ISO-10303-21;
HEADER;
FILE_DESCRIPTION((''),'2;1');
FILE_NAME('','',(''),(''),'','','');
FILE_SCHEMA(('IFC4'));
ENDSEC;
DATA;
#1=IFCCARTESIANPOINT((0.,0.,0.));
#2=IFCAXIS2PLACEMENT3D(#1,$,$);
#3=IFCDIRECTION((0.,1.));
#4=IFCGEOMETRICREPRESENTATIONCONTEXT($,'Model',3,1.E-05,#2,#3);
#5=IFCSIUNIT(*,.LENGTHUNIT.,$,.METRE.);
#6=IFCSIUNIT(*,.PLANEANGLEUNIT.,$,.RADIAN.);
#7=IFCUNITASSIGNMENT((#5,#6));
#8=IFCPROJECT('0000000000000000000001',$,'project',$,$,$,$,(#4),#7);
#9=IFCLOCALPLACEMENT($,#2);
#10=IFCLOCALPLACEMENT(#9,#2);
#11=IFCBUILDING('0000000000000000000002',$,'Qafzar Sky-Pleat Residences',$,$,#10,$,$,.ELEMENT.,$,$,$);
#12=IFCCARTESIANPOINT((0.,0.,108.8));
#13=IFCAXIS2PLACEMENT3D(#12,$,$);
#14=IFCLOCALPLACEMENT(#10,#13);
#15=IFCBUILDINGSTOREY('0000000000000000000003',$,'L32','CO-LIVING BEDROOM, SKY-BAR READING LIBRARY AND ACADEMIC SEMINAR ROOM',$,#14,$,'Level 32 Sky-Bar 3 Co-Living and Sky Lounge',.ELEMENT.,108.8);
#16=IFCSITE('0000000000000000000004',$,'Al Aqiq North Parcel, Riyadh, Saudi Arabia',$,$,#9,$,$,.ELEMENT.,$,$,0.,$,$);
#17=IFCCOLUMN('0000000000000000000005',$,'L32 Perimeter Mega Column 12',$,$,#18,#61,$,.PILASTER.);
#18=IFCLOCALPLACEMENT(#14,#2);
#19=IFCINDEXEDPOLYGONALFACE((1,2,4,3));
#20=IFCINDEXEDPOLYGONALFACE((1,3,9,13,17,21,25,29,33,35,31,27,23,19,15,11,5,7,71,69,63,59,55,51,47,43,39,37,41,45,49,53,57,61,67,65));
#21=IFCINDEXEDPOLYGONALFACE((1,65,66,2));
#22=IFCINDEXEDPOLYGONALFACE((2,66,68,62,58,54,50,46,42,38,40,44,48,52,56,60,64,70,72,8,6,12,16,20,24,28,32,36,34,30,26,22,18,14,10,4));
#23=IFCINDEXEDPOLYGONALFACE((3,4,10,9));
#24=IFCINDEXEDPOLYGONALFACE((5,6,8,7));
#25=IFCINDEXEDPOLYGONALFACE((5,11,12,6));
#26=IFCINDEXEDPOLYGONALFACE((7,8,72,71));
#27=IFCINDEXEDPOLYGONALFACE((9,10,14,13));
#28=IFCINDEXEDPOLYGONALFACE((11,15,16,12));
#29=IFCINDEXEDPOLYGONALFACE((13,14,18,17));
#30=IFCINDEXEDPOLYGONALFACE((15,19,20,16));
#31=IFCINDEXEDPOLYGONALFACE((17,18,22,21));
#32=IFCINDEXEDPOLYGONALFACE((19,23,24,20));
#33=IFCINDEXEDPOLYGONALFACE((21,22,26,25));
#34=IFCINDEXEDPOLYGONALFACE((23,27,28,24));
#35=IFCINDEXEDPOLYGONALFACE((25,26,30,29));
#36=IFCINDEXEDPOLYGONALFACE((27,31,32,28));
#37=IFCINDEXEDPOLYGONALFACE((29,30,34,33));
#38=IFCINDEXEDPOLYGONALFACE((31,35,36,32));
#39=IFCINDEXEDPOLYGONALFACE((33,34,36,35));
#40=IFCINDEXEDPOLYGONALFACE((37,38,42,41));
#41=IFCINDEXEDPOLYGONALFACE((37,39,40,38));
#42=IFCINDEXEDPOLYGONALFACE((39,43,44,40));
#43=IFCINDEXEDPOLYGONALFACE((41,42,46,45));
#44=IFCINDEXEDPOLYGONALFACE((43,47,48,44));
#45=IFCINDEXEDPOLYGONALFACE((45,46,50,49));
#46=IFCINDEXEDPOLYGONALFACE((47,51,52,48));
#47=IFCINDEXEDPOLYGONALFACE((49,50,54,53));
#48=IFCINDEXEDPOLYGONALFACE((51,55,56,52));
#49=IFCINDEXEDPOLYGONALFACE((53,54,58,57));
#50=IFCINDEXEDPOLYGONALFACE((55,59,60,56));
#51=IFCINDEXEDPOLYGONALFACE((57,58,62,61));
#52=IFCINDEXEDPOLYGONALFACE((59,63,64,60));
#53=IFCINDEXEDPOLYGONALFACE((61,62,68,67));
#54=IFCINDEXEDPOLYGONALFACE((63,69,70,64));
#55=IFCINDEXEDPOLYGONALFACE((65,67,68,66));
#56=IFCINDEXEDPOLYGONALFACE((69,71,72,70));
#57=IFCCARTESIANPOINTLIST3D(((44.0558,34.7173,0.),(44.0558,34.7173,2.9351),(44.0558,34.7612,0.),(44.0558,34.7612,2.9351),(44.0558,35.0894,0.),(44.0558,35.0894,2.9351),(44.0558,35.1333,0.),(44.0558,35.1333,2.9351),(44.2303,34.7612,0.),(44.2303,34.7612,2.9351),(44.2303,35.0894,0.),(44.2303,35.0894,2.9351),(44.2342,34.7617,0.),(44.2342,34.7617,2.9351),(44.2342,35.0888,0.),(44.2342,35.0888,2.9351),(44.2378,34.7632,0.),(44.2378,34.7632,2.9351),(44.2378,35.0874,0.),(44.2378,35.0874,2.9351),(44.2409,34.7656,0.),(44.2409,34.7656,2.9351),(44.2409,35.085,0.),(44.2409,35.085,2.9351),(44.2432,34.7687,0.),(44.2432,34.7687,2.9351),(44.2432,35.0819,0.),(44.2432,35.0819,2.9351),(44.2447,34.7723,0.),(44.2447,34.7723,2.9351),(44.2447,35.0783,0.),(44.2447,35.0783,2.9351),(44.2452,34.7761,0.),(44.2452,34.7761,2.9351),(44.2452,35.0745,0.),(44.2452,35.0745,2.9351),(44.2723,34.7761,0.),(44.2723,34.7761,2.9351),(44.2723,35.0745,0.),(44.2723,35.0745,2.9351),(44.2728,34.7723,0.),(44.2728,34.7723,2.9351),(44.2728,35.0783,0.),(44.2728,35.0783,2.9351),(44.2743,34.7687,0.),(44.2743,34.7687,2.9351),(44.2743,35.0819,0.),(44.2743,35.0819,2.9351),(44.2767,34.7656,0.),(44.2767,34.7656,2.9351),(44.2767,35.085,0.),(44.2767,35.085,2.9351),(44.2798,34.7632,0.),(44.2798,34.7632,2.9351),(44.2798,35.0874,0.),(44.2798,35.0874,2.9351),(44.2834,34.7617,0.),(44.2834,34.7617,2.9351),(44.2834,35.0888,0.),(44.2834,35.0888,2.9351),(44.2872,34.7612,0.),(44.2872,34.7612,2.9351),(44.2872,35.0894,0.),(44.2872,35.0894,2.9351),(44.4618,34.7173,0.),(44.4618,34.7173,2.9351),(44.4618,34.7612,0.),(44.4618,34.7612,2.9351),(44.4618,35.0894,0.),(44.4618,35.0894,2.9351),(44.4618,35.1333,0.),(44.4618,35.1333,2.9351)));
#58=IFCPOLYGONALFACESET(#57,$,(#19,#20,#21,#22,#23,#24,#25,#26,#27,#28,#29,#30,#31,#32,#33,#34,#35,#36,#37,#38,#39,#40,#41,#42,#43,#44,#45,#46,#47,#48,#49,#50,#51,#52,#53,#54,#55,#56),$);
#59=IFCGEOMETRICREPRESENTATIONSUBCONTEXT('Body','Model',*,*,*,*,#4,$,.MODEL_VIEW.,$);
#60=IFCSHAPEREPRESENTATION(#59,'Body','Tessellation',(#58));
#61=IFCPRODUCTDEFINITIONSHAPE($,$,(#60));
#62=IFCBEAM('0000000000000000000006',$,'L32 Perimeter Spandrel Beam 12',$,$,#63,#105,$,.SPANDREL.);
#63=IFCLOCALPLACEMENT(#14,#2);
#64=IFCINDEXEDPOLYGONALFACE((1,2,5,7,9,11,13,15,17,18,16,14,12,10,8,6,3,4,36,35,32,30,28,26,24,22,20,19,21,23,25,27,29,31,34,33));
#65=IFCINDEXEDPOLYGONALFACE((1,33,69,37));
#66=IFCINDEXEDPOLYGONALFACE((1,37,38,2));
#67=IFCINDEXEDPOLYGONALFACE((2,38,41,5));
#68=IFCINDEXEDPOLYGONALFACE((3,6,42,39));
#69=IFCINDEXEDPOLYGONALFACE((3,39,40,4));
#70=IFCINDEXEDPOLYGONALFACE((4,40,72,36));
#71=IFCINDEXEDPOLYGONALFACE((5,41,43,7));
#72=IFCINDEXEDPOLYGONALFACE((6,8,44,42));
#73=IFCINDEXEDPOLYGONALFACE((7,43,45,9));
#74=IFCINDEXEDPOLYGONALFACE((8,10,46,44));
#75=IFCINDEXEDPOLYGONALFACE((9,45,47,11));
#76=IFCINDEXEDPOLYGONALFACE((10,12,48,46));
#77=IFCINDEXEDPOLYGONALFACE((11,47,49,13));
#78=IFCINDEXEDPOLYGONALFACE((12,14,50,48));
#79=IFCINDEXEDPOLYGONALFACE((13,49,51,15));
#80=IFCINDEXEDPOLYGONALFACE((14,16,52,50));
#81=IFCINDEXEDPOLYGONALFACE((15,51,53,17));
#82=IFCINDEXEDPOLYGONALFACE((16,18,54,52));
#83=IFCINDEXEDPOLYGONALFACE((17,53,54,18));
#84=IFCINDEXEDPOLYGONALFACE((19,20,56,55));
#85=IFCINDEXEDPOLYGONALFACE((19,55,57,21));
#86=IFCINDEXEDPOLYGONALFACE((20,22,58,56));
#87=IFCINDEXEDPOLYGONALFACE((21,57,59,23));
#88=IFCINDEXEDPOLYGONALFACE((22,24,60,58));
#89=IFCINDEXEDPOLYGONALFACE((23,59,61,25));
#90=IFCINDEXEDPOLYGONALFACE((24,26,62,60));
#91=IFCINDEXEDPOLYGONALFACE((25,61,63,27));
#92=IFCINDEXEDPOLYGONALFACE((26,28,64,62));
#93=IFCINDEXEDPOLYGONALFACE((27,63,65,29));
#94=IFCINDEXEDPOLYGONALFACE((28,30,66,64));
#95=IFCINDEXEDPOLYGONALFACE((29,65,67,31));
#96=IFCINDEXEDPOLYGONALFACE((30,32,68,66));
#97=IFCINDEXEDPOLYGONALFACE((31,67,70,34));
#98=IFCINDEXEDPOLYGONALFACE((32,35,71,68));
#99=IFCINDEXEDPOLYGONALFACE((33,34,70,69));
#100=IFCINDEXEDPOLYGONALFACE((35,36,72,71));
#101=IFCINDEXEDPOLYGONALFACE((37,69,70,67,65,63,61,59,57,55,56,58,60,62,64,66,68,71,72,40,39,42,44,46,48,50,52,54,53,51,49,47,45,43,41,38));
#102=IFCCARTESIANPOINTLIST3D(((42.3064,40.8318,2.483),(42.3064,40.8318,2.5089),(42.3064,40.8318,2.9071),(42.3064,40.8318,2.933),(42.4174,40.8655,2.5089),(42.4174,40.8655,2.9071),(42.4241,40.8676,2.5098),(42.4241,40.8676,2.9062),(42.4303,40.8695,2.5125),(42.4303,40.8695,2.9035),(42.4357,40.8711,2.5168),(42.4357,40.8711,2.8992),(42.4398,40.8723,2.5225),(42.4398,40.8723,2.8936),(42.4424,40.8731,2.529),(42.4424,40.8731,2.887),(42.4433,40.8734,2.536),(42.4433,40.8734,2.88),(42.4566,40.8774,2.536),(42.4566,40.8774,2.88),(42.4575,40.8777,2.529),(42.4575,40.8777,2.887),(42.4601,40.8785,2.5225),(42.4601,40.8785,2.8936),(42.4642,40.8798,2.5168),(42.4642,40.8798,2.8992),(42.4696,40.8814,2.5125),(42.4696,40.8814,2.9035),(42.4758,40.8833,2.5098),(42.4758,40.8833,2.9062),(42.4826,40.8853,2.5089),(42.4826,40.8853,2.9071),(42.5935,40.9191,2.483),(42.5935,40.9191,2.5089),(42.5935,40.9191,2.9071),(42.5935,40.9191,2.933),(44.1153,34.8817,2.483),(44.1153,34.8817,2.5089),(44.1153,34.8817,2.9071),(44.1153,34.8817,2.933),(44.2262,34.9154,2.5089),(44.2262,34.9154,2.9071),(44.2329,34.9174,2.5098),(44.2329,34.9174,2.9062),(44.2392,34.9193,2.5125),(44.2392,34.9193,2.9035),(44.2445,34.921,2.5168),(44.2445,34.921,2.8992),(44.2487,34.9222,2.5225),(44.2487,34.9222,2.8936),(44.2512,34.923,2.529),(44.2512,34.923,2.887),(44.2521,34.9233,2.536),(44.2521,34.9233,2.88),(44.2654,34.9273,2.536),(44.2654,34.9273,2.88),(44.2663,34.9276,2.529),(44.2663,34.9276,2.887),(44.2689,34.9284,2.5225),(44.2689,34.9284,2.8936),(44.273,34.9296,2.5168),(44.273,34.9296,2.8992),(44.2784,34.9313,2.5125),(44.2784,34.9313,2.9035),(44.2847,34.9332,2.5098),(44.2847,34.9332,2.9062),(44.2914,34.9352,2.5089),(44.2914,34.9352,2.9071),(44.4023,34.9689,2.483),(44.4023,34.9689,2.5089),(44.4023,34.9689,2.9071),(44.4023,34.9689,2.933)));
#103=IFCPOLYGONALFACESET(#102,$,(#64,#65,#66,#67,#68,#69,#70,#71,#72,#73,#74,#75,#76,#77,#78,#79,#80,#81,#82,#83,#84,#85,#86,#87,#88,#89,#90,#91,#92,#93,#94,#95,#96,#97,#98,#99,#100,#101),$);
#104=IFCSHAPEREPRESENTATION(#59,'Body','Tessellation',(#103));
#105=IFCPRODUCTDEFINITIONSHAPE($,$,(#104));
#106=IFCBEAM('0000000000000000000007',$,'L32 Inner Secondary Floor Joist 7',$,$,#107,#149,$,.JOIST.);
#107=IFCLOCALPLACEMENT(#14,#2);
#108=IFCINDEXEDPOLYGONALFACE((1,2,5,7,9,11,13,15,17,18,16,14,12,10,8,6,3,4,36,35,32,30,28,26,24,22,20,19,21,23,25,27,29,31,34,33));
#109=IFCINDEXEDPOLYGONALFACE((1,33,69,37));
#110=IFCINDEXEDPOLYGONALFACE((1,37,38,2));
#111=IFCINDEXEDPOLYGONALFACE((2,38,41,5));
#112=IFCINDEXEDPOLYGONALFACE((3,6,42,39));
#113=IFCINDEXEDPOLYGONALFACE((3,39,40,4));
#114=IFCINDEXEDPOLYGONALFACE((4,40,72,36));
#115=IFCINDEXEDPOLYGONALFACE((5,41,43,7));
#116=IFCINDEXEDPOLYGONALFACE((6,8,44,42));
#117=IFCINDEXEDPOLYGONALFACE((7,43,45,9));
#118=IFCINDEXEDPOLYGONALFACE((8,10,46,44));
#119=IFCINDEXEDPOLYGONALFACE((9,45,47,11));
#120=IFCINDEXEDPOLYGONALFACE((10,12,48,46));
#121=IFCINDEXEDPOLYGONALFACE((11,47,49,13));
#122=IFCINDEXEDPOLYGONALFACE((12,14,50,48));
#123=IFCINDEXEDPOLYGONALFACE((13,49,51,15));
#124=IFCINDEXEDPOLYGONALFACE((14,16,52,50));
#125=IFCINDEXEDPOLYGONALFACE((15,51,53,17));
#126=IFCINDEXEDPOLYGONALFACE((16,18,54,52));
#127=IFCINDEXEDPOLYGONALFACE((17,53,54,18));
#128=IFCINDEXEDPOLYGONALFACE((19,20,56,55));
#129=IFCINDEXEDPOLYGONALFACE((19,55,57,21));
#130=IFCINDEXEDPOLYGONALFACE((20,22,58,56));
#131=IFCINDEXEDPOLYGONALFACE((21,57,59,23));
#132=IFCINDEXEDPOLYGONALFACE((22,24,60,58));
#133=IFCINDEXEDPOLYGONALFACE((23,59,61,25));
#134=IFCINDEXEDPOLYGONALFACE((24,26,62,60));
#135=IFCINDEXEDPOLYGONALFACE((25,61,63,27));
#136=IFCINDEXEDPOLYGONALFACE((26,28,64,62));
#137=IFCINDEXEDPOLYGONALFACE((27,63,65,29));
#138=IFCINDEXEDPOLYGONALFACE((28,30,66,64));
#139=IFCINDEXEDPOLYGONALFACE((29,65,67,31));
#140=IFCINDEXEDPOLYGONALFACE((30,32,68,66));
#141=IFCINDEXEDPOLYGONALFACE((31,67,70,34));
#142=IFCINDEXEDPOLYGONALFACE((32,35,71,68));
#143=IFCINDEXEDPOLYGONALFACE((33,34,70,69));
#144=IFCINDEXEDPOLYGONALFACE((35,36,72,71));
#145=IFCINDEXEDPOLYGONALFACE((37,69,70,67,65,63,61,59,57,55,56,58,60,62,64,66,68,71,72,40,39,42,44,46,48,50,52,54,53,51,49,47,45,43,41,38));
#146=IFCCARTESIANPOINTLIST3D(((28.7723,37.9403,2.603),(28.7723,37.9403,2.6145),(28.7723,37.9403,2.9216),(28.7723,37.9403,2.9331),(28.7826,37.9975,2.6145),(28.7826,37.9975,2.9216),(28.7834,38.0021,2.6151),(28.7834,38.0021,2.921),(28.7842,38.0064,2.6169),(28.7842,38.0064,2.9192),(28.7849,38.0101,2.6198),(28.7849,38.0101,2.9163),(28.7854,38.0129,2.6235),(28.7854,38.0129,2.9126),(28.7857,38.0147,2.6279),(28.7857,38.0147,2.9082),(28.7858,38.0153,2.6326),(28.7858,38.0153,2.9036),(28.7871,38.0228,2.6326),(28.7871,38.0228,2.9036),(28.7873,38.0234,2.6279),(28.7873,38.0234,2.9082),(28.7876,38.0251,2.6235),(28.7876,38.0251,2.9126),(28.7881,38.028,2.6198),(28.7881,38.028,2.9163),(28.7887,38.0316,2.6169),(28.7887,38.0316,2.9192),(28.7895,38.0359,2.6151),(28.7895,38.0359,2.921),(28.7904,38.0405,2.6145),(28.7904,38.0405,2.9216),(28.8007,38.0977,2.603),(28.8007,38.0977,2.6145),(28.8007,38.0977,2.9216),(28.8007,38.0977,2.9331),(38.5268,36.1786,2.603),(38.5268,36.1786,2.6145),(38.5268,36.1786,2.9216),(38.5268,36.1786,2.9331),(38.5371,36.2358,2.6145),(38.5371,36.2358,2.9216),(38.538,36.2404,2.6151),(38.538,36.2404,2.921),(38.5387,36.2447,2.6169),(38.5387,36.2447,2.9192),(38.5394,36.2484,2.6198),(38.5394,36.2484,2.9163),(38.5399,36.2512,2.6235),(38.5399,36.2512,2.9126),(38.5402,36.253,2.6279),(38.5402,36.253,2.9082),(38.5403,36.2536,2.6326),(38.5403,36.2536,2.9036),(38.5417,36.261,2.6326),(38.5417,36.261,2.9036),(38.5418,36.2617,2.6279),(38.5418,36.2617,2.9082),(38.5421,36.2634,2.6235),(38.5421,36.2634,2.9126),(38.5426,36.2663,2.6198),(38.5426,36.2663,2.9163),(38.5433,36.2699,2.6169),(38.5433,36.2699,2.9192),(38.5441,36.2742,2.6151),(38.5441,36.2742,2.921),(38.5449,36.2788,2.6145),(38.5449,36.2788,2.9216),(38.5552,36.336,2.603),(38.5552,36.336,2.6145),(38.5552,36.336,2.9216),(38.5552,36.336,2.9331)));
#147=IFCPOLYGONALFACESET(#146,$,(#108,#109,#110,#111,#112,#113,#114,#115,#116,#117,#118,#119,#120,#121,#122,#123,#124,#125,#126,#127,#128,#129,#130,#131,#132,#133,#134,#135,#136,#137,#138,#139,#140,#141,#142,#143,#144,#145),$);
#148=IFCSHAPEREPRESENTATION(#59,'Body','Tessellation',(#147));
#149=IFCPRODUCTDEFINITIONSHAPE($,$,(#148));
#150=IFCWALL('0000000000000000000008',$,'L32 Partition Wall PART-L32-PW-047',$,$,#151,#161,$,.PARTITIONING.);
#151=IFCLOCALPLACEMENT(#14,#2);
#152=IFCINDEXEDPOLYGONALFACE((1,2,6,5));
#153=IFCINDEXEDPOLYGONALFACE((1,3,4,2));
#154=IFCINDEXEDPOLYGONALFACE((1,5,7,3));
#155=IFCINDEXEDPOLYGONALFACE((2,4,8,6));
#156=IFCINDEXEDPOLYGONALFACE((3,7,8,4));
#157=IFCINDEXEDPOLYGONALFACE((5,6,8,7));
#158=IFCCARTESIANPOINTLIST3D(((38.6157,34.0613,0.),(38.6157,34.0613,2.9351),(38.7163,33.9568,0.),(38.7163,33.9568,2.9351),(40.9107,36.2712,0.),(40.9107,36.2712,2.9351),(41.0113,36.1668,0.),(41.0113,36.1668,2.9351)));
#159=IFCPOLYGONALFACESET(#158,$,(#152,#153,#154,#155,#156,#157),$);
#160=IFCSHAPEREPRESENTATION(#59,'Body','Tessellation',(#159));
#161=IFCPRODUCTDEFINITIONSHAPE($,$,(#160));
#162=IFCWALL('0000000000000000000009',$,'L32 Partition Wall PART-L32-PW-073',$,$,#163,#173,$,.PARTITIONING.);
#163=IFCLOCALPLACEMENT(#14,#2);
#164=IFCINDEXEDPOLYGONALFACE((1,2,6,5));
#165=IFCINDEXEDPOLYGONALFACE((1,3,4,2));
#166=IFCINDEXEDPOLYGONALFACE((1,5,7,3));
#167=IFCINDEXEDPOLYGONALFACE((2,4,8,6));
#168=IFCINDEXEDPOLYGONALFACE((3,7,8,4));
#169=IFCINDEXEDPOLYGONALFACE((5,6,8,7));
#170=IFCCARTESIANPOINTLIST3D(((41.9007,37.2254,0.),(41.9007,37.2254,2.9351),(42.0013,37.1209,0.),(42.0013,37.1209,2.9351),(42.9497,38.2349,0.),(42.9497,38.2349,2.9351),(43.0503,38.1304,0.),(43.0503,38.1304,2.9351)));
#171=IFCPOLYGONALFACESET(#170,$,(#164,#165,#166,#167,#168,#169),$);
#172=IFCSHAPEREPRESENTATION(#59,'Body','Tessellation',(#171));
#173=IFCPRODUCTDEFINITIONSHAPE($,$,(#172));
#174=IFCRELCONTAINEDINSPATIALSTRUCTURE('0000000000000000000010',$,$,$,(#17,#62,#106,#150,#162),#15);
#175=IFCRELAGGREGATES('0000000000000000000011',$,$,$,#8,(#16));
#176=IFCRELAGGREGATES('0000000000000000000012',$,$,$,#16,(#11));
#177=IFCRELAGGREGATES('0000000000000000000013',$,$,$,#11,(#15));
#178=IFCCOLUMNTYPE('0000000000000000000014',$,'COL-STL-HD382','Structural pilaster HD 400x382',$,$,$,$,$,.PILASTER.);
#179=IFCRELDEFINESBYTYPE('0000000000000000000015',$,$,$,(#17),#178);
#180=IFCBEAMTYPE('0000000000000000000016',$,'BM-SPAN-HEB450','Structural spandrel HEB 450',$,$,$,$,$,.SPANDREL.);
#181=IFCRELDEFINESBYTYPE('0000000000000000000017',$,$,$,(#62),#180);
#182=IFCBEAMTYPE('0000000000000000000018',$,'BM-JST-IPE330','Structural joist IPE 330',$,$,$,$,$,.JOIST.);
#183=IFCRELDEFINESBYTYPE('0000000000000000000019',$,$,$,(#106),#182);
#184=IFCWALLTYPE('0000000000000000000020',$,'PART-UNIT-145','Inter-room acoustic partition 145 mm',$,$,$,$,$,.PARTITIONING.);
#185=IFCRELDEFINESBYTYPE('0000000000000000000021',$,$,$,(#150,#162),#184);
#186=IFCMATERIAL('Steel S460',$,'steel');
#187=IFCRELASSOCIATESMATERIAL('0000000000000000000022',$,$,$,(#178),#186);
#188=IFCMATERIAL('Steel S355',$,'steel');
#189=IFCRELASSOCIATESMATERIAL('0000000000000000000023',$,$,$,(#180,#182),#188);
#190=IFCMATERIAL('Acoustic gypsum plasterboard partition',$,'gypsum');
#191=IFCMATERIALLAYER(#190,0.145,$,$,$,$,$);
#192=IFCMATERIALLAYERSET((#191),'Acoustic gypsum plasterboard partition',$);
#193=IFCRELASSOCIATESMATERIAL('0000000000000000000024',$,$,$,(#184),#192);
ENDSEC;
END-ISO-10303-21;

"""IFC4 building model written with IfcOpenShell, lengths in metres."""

from ifc_helpers import new_model, si_unit, direction, frame, frame_2d, origin, origin_2d, place, context, subcontext, project, spatial, rectangle, i_section, extrude, source, transform, mapped, material, layer, layer_set, material_profile, profile_set, type_object, element, save


model = new_model("IFC4")

# Units and contexts
model_context = context("Model", 3, precision=1e-05, world=origin(), true_north=direction((0.0, 1.0)))
body_context = subcontext(model_context, "Body", "Model", "MODEL_VIEW")
ifc_project = project(units=[si_unit("LENGTHUNIT", "METRE"), si_unit("PLANEANGLEUNIT", "RADIAN")], contexts=[model_context])

# Site, building, storey
site_placement = place(None, origin())
site = spatial("IfcSite", under=ifc_project, at=site_placement, Name="Al Aqiq North Parcel, Riyadh, Saudi Arabia", CompositionType="ELEMENT", RefElevation=0.0)
building_placement = place(site_placement, origin())
building = spatial("IfcBuilding", under=site, at=building_placement, Name="Qafzar Sky-Pleat Residences", CompositionType="ELEMENT")
storey_placement = place(building_placement, frame((0.0, 0.0, 108.8)))
storey = spatial("IfcBuildingStorey", under=building, at=storey_placement, Name="L32", Description="CO-LIVING BEDROOM, SKY-BAR READING LIBRARY AND ACADEMIC SEMINAR ROOM", LongName="Level 32 Sky-Bar 3 Co-Living and Sky Lounge", CompositionType="ELEMENT", Elevation=108.8)

# Column
ifc_material_1 = material(Name="Steel S460", Category="steel")
ifc_material_profile_1 = material_profile(ifc_material_1, i_section(OverallWidth=0.406, OverallDepth=0.416, WebThickness=0.0271, FlangeThickness=0.0439, FilletRadius=0.0149, at=origin_2d()), Name="HD 400x382")
ifc_profile_set_1 = profile_set([ifc_material_profile_1], Name="Steel S460")
column_type = type_object("IfcColumnType", Name="COL-STL-HD382", Description="Structural pilaster HD 400x382", PredefinedType="PILASTER", material=ifc_profile_set_1)
shared_shape_1 = source(origin(), body_context, "Body", "SweptSolid", [
    extrude(i_section(OverallWidth=0.406, OverallDepth=0.416, WebThickness=0.0271, FlangeThickness=0.0439, FilletRadius=0.0149, at=origin_2d()), origin(), (0.0, 0.0, 1.0), 2.9351),
])
column_placement = place(storey_placement, frame((44.2588, 34.9253, 0.0), z_axis=(0.0, 0.0, 1.0), x_axis=(1.0, 0.0, 0.0)))
element("IfcColumn", 1, at=column_placement, inside=storey, type_object=column_type, Name="L32 Perimeter Mega Column 12", PredefinedType="PILASTER", context=body_context, shape_type="MappedRepresentation", body=[
    mapped(shared_shape_1, transform((0.0, 0.0, 0.0), x_axis=(1.0, 0.0, 0.0), y_axis=(0.0, 1.0, 0.0), z_axis=(0.0, 0.0, 1.0), scale=1.0)),
])

# Beams
ifc_material_2 = material(Name="Steel S355", Category="steel")
ifc_material_profile_2 = material_profile(ifc_material_2, i_section(OverallWidth=0.3, OverallDepth=0.45, WebThickness=0.0139, FlangeThickness=0.0259, FilletRadius=0.0271, at=origin_2d()), Name="HEB 450")
ifc_profile_set_2 = profile_set([ifc_material_profile_2], Name="Steel S355")
beam_type_1 = type_object("IfcBeamType", Name="BM-SPAN-HEB450", Description="Structural spandrel HEB 450", PredefinedType="SPANDREL", material=ifc_profile_set_2)
shared_shape_2 = source(origin(), body_context, "Body", "SweptSolid", [
    extrude(i_section(OverallWidth=0.3, OverallDepth=0.45, WebThickness=0.0139, FlangeThickness=0.0259, FilletRadius=0.0271, at=origin_2d()), origin(), (0.0, 0.0, 1.0), 6.219),
])
beam_1_placement = place(storey_placement, frame((44.2588, 34.9253, 2.708), z_axis=(-0.290854, 0.956767, 0.0), x_axis=(-0.956767, -0.290854, 0.0)))
element("IfcBeam", 2, at=beam_1_placement, inside=storey, type_object=beam_type_1, Name="L32 Perimeter Spandrel Beam 12", PredefinedType="SPANDREL", context=body_context, shape_type="MappedRepresentation", body=[
    mapped(shared_shape_2, transform((0.0, 0.0, 0.0), x_axis=(1.0, 0.0, 0.0), y_axis=(0.0, 1.0, 0.0), z_axis=(0.0, 0.0, 1.0), scale=1.0)),
])
ifc_material_profile_3 = material_profile(ifc_material_2, i_section(OverallWidth=0.1599, OverallDepth=0.3301, WebThickness=0.0076, FlangeThickness=0.0115, FilletRadius=0.0181, at=origin_2d()), Name="IPE 330")
ifc_profile_set_3 = profile_set([ifc_material_profile_3], Name="Steel S355")
beam_type_2 = type_object("IfcBeamType", Name="BM-JST-IPE330", Description="Structural joist IPE 330", PredefinedType="JOIST", material=ifc_profile_set_3)
shared_shape_3 = source(origin(), body_context, "Body", "SweptSolid", [
    extrude(i_section(OverallWidth=0.1599, OverallDepth=0.3301, WebThickness=0.0076, FlangeThickness=0.0115, FilletRadius=0.0181, at=origin_2d()), origin(), (0.0, 0.0, 1.0), 9.9124),
])
beam_2_placement = place(storey_placement, frame((38.541, 36.2573, 2.7681), z_axis=(-0.98408, 0.177728, 0.0), x_axis=(-0.177728, -0.98408, 0.0)))
element("IfcBeam", 3, at=beam_2_placement, inside=storey, type_object=beam_type_2, Name="L32 Inner Secondary Floor Joist 7", PredefinedType="JOIST", context=body_context, shape_type="MappedRepresentation", body=[
    mapped(shared_shape_3, transform((0.0, 0.0, 0.0), x_axis=(1.0, 0.0, 0.0), y_axis=(0.0, 1.0, 0.0), z_axis=(0.0, 0.0, 1.0), scale=1.0)),
])

# Walls
ifc_material_3 = material(Name="Acoustic gypsum plasterboard partition", Category="gypsum")
ifc_layer_1 = layer(ifc_material_3, 0.145)
ifc_layer_set_1 = layer_set([ifc_layer_1], Name="Acoustic gypsum plasterboard partition")
wall_type_1 = type_object("IfcWallType", Name="PART-UNIT-145", Description="Inter-room acoustic partition 145 mm", PredefinedType="PARTITIONING", material=ifc_layer_set_1)
wall_1_placement = place(storey_placement, frame((38.666, 34.009, 0.0), z_axis=(0.0, 0.0, 1.0), x_axis=(0.720315, 0.693648, 0.0)))
element("IfcWall", 4, at=wall_1_placement, inside=storey, type_object=wall_type_1, Name="L32 Partition Wall PART-L32-PW-047", PredefinedType="PARTITIONING", context=body_context, shape_type="SweptSolid", body=[
    extrude(rectangle(XDim=3.186, YDim=0.145, at=frame_2d((1.593, 0.0))), origin(), (0.0, 0.0, 1.0), 2.9351),
])
wall_2_placement = place(storey_placement, frame((41.9509, 37.1731, 0.0), z_axis=(0.0, 0.0, 1.0), x_axis=(0.720559, 0.693394, 0.0)))
element("IfcWall", 5, at=wall_2_placement, inside=storey, type_object=wall_type_1, Name="L32 Partition Wall PART-L32-PW-073", PredefinedType="PARTITIONING", context=body_context, shape_type="SweptSolid", body=[
    extrude(rectangle(XDim=1.4558, YDim=0.145, at=frame_2d((0.728, 0.0))), origin(), (0.0, 0.0, 1.0), 2.9351),
])

save(model, "model.ifc")
